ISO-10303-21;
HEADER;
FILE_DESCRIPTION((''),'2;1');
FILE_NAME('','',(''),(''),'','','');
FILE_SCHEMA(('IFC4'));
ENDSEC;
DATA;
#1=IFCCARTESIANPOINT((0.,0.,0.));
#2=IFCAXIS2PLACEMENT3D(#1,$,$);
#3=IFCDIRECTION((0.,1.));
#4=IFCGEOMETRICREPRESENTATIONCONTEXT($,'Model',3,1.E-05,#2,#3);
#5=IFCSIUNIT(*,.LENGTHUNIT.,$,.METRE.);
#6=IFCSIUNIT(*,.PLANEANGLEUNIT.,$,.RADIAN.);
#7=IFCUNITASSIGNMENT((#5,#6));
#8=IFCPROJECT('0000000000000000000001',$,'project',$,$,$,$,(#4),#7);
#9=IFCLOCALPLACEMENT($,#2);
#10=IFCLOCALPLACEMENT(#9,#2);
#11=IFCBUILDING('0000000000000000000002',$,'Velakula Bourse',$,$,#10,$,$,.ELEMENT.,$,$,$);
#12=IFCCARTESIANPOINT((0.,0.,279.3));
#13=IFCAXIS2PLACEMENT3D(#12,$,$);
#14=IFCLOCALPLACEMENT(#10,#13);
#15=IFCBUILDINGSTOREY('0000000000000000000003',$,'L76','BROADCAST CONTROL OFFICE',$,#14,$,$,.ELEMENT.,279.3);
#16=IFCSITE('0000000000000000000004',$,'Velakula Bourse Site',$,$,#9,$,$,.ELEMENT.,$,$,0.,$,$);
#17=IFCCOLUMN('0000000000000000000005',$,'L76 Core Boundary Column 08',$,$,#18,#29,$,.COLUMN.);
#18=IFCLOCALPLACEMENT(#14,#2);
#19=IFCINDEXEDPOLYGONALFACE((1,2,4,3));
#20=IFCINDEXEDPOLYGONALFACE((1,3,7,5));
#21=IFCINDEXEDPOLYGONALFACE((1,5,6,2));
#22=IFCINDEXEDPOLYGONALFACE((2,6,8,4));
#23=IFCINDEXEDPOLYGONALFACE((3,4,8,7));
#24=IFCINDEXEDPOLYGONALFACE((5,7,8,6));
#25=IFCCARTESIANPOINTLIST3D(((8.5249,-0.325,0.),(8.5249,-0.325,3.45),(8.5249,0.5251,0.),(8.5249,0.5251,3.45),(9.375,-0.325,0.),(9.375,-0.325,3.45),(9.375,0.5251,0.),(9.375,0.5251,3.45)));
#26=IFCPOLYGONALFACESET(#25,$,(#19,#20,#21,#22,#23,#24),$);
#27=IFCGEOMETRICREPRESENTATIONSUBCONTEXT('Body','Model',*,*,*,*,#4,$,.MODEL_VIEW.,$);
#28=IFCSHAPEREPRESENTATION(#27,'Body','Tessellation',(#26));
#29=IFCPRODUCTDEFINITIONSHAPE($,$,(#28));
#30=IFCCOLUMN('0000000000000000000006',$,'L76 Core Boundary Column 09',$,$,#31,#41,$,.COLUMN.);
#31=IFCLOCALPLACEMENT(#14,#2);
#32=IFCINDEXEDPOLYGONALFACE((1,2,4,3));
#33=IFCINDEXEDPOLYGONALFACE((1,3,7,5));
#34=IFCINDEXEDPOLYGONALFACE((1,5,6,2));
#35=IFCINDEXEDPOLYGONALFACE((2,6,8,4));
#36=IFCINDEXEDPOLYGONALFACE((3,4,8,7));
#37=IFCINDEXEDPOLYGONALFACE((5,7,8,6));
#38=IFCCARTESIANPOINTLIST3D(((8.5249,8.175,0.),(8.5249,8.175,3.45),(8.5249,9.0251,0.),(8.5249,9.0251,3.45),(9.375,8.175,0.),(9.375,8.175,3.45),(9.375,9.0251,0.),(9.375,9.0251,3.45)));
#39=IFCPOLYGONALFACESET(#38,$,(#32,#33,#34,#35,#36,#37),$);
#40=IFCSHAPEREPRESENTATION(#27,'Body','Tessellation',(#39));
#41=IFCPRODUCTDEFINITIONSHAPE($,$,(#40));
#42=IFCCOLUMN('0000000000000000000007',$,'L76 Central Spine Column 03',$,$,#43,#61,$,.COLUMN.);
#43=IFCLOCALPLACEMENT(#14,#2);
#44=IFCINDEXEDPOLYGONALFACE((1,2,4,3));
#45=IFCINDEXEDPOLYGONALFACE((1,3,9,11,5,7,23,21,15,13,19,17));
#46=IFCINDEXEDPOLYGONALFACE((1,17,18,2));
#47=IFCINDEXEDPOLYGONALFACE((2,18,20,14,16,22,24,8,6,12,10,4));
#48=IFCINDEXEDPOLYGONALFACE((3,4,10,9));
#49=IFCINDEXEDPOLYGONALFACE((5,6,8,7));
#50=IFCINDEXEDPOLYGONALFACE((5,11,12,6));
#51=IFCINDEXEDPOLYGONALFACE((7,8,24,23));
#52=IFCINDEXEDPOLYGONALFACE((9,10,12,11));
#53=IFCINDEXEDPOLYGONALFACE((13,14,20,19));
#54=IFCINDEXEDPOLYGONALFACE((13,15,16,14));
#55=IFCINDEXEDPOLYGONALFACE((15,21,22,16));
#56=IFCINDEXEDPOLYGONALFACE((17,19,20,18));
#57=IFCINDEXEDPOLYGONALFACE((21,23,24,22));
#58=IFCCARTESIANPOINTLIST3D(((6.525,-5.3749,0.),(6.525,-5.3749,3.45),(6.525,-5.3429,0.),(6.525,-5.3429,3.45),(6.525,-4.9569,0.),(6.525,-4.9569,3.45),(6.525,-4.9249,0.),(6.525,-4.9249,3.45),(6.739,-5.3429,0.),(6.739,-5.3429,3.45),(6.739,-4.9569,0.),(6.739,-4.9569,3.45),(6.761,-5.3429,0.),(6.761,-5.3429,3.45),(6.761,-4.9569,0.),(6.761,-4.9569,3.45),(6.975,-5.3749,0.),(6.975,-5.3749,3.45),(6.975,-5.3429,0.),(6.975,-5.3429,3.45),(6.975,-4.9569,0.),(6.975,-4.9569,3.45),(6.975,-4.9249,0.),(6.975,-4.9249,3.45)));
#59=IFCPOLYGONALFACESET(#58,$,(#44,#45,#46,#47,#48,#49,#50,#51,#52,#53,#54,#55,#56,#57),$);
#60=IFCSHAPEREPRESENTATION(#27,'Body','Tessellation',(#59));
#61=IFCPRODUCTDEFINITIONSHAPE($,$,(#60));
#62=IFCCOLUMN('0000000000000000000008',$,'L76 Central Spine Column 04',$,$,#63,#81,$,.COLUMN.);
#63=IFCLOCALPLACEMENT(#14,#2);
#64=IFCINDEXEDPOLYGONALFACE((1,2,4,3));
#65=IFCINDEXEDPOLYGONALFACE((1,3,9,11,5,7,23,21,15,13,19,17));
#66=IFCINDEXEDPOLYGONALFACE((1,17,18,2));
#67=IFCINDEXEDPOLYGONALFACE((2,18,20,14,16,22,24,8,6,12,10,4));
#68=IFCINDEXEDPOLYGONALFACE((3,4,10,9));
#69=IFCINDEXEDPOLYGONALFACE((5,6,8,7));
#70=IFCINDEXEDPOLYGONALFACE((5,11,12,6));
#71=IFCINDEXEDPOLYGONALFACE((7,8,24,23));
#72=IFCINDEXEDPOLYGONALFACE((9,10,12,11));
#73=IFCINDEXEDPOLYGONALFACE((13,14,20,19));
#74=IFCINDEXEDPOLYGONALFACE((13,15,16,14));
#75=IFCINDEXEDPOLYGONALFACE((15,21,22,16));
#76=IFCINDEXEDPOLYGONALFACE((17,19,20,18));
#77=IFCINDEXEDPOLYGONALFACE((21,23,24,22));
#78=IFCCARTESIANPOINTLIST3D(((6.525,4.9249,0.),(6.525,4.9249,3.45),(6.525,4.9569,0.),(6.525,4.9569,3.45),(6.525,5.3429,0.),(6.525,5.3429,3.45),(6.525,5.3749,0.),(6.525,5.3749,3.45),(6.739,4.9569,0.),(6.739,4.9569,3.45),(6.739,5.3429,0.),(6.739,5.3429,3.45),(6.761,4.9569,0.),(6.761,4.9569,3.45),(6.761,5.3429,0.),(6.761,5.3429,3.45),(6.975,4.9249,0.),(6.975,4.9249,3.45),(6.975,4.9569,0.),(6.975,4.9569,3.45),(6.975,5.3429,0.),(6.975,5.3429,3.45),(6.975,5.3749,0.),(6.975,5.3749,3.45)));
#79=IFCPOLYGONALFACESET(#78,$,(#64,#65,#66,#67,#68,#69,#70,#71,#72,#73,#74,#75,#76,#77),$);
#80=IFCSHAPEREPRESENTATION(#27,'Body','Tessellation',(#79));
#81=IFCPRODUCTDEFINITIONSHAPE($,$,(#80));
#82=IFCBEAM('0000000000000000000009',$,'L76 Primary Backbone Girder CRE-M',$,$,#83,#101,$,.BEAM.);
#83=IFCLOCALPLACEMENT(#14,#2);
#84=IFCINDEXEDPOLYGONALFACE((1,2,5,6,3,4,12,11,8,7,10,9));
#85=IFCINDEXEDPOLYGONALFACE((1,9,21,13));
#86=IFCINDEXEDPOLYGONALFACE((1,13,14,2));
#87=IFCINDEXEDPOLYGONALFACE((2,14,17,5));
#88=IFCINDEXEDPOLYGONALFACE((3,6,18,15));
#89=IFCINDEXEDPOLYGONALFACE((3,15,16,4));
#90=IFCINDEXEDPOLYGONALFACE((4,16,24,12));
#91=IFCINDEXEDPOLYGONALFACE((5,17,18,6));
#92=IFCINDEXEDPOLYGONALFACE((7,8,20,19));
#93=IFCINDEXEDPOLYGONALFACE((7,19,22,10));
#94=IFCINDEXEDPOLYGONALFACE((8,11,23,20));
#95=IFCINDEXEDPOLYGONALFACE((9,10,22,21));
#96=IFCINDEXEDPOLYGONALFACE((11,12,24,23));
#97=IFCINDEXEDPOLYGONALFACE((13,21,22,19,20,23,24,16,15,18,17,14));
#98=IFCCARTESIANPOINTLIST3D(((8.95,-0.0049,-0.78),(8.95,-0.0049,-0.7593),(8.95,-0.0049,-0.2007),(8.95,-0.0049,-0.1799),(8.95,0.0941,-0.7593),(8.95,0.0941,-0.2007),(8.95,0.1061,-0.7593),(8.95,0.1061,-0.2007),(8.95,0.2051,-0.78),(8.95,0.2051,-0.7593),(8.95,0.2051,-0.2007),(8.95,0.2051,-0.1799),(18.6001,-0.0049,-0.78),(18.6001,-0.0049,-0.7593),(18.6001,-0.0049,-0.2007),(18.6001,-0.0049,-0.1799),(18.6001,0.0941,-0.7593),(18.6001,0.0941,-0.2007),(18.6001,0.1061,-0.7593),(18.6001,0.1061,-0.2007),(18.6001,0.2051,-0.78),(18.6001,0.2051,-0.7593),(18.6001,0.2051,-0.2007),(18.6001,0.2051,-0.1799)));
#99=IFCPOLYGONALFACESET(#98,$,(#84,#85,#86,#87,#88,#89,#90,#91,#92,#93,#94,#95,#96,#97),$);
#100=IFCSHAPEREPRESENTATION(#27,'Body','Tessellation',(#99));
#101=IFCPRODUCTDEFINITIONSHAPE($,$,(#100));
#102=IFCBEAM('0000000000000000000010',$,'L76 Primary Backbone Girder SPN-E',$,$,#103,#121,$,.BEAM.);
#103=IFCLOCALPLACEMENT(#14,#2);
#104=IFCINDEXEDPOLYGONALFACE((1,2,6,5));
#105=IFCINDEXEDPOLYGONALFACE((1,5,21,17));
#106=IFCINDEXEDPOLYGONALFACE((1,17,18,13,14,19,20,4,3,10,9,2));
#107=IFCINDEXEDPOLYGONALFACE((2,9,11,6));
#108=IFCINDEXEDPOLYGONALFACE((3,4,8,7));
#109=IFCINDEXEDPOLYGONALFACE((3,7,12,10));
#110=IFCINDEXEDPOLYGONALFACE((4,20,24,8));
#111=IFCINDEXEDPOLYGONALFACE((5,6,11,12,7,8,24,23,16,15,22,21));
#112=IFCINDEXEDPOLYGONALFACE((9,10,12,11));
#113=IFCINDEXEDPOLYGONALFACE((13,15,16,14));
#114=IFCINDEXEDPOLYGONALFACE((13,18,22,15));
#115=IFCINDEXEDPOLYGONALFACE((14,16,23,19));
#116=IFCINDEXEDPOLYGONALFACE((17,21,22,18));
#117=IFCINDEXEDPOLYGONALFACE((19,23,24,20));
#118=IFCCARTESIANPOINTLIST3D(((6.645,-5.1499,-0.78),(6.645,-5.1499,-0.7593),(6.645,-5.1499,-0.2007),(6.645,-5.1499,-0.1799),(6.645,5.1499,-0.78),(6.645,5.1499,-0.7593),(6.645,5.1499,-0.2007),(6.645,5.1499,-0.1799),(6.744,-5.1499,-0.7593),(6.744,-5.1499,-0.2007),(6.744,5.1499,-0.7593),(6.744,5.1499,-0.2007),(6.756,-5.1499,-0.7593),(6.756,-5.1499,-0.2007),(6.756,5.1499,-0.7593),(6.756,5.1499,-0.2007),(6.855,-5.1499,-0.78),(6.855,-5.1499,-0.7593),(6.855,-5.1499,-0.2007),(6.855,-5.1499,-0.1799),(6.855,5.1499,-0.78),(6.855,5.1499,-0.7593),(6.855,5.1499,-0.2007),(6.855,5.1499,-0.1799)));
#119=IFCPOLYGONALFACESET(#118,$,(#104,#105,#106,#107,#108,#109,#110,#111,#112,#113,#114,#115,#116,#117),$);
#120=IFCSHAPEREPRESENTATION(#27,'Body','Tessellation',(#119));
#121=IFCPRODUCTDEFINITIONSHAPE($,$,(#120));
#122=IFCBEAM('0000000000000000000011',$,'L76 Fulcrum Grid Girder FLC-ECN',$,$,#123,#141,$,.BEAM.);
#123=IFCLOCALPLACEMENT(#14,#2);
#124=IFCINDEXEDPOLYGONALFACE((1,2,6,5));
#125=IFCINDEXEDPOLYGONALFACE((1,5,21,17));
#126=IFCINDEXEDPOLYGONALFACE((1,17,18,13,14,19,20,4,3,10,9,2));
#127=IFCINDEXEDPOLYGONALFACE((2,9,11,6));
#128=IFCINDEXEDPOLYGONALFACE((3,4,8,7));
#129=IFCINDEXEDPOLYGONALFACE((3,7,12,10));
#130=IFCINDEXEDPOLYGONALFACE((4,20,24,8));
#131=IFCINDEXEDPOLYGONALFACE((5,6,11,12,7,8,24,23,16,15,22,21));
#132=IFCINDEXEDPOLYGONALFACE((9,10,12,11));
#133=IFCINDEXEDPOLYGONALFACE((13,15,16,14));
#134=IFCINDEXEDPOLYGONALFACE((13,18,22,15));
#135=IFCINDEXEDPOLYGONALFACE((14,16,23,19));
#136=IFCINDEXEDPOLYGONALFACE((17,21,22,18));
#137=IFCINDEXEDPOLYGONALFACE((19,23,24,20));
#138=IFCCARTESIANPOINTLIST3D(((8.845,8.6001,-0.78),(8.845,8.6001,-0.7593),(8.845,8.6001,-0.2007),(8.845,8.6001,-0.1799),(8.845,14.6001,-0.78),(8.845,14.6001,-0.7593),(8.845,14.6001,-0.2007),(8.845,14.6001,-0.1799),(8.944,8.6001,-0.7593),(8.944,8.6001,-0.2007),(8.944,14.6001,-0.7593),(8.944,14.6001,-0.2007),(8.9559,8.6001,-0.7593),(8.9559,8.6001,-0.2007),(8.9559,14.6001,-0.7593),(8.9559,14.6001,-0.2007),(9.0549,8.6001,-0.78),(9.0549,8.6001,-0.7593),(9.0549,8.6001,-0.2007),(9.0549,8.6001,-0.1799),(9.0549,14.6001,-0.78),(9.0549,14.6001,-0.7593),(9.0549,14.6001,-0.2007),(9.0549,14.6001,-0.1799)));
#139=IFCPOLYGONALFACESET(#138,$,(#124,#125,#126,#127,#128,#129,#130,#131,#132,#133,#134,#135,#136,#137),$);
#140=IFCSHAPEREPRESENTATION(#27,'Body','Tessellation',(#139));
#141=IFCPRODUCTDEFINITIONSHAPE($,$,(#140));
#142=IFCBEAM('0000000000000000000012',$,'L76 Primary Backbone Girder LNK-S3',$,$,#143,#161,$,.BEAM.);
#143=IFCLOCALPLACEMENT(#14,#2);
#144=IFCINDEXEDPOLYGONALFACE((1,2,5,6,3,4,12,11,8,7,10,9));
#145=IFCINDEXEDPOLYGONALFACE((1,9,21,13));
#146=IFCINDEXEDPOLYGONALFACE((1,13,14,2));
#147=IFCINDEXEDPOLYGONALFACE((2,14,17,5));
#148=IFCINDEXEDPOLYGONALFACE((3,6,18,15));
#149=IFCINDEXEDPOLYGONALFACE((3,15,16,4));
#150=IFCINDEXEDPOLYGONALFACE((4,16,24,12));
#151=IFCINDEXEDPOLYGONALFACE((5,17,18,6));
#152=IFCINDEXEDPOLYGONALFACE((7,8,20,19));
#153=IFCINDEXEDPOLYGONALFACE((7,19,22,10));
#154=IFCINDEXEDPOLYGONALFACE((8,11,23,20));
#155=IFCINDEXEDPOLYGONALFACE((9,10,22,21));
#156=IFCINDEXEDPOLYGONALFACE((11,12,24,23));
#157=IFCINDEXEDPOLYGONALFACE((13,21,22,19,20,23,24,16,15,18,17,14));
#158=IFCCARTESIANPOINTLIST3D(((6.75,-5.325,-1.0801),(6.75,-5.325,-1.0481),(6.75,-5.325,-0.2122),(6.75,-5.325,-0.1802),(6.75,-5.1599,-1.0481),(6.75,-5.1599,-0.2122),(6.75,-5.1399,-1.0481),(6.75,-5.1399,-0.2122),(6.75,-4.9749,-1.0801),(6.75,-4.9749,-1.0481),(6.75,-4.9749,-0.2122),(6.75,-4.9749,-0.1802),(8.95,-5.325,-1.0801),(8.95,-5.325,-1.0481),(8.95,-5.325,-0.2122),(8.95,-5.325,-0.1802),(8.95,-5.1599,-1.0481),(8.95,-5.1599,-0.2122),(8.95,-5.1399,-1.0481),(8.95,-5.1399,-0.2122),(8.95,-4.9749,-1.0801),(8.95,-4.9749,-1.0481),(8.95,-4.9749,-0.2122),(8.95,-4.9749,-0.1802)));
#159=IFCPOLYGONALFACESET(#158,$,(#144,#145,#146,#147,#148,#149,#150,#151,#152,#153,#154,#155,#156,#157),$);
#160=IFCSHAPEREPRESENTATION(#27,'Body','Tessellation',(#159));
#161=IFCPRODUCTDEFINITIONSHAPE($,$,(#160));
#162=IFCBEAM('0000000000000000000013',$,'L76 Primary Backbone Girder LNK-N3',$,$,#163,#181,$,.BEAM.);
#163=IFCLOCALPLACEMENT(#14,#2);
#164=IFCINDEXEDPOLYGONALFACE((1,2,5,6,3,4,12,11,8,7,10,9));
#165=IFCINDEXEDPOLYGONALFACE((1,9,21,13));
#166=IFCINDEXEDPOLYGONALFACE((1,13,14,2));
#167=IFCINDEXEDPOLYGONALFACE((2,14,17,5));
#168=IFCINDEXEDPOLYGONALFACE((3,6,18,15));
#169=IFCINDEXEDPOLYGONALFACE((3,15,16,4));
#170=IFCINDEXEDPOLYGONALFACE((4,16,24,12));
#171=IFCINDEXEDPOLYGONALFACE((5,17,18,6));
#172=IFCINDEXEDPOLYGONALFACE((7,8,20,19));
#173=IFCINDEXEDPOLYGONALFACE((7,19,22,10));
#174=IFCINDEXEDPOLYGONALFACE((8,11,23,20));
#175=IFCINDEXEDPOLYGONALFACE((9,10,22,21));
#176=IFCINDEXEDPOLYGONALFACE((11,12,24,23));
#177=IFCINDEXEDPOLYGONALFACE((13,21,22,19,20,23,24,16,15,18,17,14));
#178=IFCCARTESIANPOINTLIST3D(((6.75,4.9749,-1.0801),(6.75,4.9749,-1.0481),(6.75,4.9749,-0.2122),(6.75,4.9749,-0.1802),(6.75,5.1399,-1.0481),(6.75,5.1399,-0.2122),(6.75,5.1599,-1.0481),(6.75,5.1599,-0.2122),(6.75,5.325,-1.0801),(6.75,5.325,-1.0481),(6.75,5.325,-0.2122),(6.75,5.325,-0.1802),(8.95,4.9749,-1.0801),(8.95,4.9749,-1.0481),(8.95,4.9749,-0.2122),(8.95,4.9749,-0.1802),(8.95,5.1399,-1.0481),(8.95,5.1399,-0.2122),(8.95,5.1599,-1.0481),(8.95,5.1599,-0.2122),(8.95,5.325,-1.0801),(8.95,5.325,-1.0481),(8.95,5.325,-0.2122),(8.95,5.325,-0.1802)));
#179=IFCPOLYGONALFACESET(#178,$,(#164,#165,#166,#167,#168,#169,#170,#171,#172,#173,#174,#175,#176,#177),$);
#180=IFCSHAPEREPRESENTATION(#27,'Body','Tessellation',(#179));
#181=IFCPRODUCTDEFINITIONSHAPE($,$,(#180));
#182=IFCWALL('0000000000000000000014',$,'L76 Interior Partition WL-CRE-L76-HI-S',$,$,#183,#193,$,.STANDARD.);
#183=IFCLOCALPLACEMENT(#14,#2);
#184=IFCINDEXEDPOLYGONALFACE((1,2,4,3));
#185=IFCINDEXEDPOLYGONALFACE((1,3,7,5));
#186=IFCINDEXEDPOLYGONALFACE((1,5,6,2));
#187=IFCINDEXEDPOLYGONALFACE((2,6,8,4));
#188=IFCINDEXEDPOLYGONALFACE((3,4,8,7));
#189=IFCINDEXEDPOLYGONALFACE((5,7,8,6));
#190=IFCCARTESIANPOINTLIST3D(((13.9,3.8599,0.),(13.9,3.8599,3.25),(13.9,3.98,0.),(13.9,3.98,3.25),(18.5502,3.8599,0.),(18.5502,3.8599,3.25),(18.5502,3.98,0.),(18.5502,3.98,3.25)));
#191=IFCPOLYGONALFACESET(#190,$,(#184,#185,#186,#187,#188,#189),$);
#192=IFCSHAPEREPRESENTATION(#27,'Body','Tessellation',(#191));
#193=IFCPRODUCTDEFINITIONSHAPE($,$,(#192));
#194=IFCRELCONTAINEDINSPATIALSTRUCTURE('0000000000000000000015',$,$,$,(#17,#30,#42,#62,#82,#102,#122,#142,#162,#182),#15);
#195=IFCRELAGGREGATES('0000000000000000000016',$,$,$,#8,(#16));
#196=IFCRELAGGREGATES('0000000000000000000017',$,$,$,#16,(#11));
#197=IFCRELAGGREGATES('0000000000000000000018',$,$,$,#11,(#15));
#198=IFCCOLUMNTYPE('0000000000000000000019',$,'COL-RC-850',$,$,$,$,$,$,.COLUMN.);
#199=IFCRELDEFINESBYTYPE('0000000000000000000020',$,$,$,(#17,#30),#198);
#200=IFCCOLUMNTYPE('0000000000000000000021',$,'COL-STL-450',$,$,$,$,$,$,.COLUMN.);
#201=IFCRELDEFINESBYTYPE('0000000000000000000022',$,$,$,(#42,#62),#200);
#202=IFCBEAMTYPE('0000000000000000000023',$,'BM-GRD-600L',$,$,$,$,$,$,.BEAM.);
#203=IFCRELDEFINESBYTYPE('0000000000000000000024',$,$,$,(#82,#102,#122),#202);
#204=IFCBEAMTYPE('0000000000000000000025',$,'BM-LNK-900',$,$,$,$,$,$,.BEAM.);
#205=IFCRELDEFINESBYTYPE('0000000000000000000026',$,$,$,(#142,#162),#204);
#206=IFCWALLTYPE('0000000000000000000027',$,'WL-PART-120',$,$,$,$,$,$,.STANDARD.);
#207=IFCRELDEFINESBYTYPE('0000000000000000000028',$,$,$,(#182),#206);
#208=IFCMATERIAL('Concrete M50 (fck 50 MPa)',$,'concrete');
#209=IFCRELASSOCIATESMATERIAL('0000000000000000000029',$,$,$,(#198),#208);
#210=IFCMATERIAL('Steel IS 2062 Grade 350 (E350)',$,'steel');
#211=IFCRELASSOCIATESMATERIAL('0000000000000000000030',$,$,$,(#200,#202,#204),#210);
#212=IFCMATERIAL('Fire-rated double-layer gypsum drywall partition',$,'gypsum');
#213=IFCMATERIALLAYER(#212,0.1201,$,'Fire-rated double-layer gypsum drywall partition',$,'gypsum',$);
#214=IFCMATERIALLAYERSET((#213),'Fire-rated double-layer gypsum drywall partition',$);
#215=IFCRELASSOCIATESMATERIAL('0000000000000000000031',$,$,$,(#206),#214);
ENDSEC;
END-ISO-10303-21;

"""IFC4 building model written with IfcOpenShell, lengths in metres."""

from ifc_helpers import new_model, si_unit, direction, frame, frame_2d, origin, origin_2d, place, context, subcontext, project, spatial, rectangle, i_section, extrude, material, layer, layer_set, material_profile, profile_set, type_object, element, save


model = new_model("IFC4")

# Units and contexts
model_context = context("Model", 3, precision=1e-05, world=origin(), true_north=direction((0.0, 1.0)))
body_context = subcontext(model_context, "Body", "Model", "MODEL_VIEW")
ifc_project = project(units=[si_unit("LENGTHUNIT", "METRE"), si_unit("PLANEANGLEUNIT", "RADIAN")], contexts=[model_context])

# Site, building, storey
site_placement = place(None, origin())
site = spatial("IfcSite", under=ifc_project, at=site_placement, Name="Velakula Bourse Site", CompositionType="ELEMENT", RefElevation=0.0)
building_placement = place(site_placement, origin())
building = spatial("IfcBuilding", under=site, at=building_placement, Name="Velakula Bourse", CompositionType="ELEMENT")
storey_placement = place(building_placement, frame((0.0, 0.0, 279.3)))
storey = spatial("IfcBuildingStorey", under=building, at=storey_placement, Name="L76", Description="BROADCAST CONTROL OFFICE", CompositionType="ELEMENT", Elevation=279.3)

# Columns
ifc_material_1 = material(Name="Concrete M50 (fck 50 MPa)", Category="concrete")
ifc_material_profile_1 = material_profile(ifc_material_1, rectangle(XDim=0.8501, YDim=0.8501, at=origin_2d()), Name="Concrete M50 (fck 50 MPa)")
ifc_profile_set_1 = profile_set([ifc_material_profile_1], Name="Concrete M50 (fck 50 MPa)")
column_type_1 = type_object("IfcColumnType", Name="COL-RC-850", PredefinedType="COLUMN", material=ifc_profile_set_1)
for number, where, z_axis, x_axis, name in (
    (1, (8.95, 0.1001, 0.0), (0.0, 0.0, 1.0), (1.0, 0.0, 0.0), "L76 Core Boundary Column 08"),
    (2, (8.95, 8.6001, 0.0), (0.0, 0.0, 1.0), (1.0, 0.0, 0.0), "L76 Core Boundary Column 09"),
):
    element("IfcColumn", number, at=place(storey_placement, frame(where, z_axis=z_axis, x_axis=x_axis)), inside=storey, type_object=column_type_1, Name=name, PredefinedType="COLUMN", context=body_context, shape_type="SweptSolid", body=[
        extrude(rectangle(XDim=0.8501, YDim=0.8501, at=origin_2d()), origin(), (0.0, 0.0, 1.0), 3.45),
    ])
ifc_material_2 = material(Name="Steel IS 2062 Grade 350 (E350)", Category="steel")
ifc_material_profile_2 = material_profile(ifc_material_2, i_section(OverallWidth=0.45, OverallDepth=0.45, WebThickness=0.022, FlangeThickness=0.032, at=origin_2d()), Name="Steel IS 2062 Grade 350 (E350)")
ifc_profile_set_2 = profile_set([ifc_material_profile_2], Name="Steel IS 2062 Grade 350 (E350)")
column_type_2 = type_object("IfcColumnType", Name="COL-STL-450", PredefinedType="COLUMN", material=ifc_profile_set_2)
for number, where, z_axis, x_axis, name in (
    (3, (6.75, -5.1499, 0.0), (0.0, 0.0, 1.0), (1.0, 0.0, 0.0), "L76 Central Spine Column 03"),
    (4, (6.75, 5.1499, 0.0), (0.0, 0.0, 1.0), (1.0, 0.0, 0.0), "L76 Central Spine Column 04"),
):
    element("IfcColumn", number, at=place(storey_placement, frame(where, z_axis=z_axis, x_axis=x_axis)), inside=storey, type_object=column_type_2, Name=name, PredefinedType="COLUMN", context=body_context, shape_type="SweptSolid", body=[
        extrude(i_section(OverallWidth=0.45, OverallDepth=0.45, WebThickness=0.022, FlangeThickness=0.032, at=origin_2d()), origin(), (0.0, 0.0, 1.0), 3.45),
    ])

# Beams
ifc_material_profile_3 = material_profile(ifc_material_2, i_section(OverallWidth=0.21, OverallDepth=0.6001, WebThickness=0.012, FlangeThickness=0.0208, at=origin_2d()), Name="Steel IS 2062 Grade 350 (E350)")
ifc_profile_set_3 = profile_set([ifc_material_profile_3], Name="Steel IS 2062 Grade 350 (E350)")
beam_type_1 = type_object("IfcBeamType", Name="BM-GRD-600L", PredefinedType="BEAM", material=ifc_profile_set_3)
beam_1_placement = place(storey_placement, frame((8.95, 0.1001, -0.48), z_axis=(1.0, 0.0, 0.0), x_axis=(0.0, 1.0, 0.0)))
element("IfcBeam", 5, at=beam_1_placement, inside=storey, type_object=beam_type_1, Name="L76 Primary Backbone Girder CRE-M", PredefinedType="BEAM", context=body_context, shape_type="SweptSolid", body=[
    extrude(i_section(OverallWidth=0.21, OverallDepth=0.6001, WebThickness=0.012, FlangeThickness=0.0208, at=origin_2d()), origin(), (0.0, 0.0, 1.0), 9.6501),
])
beam_2_placement = place(storey_placement, frame((6.75, -5.1499, -0.48), z_axis=(0.0, 1.0, 0.0), x_axis=(-1.0, 0.0, 0.0)))
element("IfcBeam", 6, at=beam_2_placement, inside=storey, type_object=beam_type_1, Name="L76 Primary Backbone Girder SPN-E", PredefinedType="BEAM", context=body_context, shape_type="SweptSolid", body=[
    extrude(i_section(OverallWidth=0.21, OverallDepth=0.6001, WebThickness=0.012, FlangeThickness=0.0208, at=origin_2d()), origin(), (0.0, 0.0, 1.0), 10.2998),
])
beam_3_placement = place(storey_placement, frame((8.95, 8.6001, -0.48), z_axis=(0.0, 1.0, 0.0), x_axis=(-1.0, 0.0, 0.0)))
element("IfcBeam", 7, at=beam_3_placement, inside=storey, type_object=beam_type_1, Name="L76 Fulcrum Grid Girder FLC-ECN", PredefinedType="BEAM", context=body_context, shape_type="SweptSolid", body=[
    extrude(i_section(OverallWidth=0.21, OverallDepth=0.6001, WebThickness=0.012, FlangeThickness=0.0208, at=origin_2d()), origin(), (0.0, 0.0, 1.0), 6.0),
])
ifc_material_profile_4 = material_profile(ifc_material_2, i_section(OverallWidth=0.3501, OverallDepth=0.8999, WebThickness=0.02, FlangeThickness=0.032, at=origin_2d()), Name="Steel IS 2062 Grade 350 (E350)")
ifc_profile_set_4 = profile_set([ifc_material_profile_4], Name="Steel IS 2062 Grade 350 (E350)")
beam_type_2 = type_object("IfcBeamType", Name="BM-LNK-900", PredefinedType="BEAM", material=ifc_profile_set_4)
for number, where, z_axis, x_axis, name in (
    (8, (6.75, -5.1499, -0.6301), (1.0, 0.0, 0.0), (0.0, 1.0, 0.0), "L76 Primary Backbone Girder LNK-S3"),
    (9, (6.75, 5.1499, -0.6301), (1.0, 0.0, 0.0), (0.0, 1.0, 0.0), "L76 Primary Backbone Girder LNK-N3"),
):
    element("IfcBeam", number, at=place(storey_placement, frame(where, z_axis=z_axis, x_axis=x_axis)), inside=storey, type_object=beam_type_2, Name=name, PredefinedType="BEAM", context=body_context, shape_type="SweptSolid", body=[
        extrude(i_section(OverallWidth=0.3501, OverallDepth=0.8999, WebThickness=0.02, FlangeThickness=0.032, at=origin_2d()), origin(), (0.0, 0.0, 1.0), 2.2),
    ])

# Wall
ifc_material_3 = material(Name="Fire-rated double-layer gypsum drywall partition", Category="gypsum")
ifc_layer_1 = layer(ifc_material_3, 0.1201, Name="Fire-rated double-layer gypsum drywall partition", Category="gypsum")
ifc_layer_set_1 = layer_set([ifc_layer_1], Name="Fire-rated double-layer gypsum drywall partition")
wall_type_1 = type_object("IfcWallType", Name="WL-PART-120", PredefinedType="STANDARD", material=ifc_layer_set_1)
wall_1_placement = place(storey_placement, frame((13.8999, 3.9199, 0.0), z_axis=(0.0, 0.0, 1.0), x_axis=(1.0, 0.0, 0.0)))
element("IfcWall", 10, at=wall_1_placement, inside=storey, type_object=wall_type_1, Name="L76 Interior Partition WL-CRE-L76-HI-S", PredefinedType="STANDARD", context=body_context, shape_type="SweptSolid", body=[
    extrude(rectangle(XDim=4.6501, YDim=0.1201, at=frame_2d((2.3252, 0.0))), origin(), (0.0, 0.0, 1.0), 3.25),
])

save(model, "model.ifc")
